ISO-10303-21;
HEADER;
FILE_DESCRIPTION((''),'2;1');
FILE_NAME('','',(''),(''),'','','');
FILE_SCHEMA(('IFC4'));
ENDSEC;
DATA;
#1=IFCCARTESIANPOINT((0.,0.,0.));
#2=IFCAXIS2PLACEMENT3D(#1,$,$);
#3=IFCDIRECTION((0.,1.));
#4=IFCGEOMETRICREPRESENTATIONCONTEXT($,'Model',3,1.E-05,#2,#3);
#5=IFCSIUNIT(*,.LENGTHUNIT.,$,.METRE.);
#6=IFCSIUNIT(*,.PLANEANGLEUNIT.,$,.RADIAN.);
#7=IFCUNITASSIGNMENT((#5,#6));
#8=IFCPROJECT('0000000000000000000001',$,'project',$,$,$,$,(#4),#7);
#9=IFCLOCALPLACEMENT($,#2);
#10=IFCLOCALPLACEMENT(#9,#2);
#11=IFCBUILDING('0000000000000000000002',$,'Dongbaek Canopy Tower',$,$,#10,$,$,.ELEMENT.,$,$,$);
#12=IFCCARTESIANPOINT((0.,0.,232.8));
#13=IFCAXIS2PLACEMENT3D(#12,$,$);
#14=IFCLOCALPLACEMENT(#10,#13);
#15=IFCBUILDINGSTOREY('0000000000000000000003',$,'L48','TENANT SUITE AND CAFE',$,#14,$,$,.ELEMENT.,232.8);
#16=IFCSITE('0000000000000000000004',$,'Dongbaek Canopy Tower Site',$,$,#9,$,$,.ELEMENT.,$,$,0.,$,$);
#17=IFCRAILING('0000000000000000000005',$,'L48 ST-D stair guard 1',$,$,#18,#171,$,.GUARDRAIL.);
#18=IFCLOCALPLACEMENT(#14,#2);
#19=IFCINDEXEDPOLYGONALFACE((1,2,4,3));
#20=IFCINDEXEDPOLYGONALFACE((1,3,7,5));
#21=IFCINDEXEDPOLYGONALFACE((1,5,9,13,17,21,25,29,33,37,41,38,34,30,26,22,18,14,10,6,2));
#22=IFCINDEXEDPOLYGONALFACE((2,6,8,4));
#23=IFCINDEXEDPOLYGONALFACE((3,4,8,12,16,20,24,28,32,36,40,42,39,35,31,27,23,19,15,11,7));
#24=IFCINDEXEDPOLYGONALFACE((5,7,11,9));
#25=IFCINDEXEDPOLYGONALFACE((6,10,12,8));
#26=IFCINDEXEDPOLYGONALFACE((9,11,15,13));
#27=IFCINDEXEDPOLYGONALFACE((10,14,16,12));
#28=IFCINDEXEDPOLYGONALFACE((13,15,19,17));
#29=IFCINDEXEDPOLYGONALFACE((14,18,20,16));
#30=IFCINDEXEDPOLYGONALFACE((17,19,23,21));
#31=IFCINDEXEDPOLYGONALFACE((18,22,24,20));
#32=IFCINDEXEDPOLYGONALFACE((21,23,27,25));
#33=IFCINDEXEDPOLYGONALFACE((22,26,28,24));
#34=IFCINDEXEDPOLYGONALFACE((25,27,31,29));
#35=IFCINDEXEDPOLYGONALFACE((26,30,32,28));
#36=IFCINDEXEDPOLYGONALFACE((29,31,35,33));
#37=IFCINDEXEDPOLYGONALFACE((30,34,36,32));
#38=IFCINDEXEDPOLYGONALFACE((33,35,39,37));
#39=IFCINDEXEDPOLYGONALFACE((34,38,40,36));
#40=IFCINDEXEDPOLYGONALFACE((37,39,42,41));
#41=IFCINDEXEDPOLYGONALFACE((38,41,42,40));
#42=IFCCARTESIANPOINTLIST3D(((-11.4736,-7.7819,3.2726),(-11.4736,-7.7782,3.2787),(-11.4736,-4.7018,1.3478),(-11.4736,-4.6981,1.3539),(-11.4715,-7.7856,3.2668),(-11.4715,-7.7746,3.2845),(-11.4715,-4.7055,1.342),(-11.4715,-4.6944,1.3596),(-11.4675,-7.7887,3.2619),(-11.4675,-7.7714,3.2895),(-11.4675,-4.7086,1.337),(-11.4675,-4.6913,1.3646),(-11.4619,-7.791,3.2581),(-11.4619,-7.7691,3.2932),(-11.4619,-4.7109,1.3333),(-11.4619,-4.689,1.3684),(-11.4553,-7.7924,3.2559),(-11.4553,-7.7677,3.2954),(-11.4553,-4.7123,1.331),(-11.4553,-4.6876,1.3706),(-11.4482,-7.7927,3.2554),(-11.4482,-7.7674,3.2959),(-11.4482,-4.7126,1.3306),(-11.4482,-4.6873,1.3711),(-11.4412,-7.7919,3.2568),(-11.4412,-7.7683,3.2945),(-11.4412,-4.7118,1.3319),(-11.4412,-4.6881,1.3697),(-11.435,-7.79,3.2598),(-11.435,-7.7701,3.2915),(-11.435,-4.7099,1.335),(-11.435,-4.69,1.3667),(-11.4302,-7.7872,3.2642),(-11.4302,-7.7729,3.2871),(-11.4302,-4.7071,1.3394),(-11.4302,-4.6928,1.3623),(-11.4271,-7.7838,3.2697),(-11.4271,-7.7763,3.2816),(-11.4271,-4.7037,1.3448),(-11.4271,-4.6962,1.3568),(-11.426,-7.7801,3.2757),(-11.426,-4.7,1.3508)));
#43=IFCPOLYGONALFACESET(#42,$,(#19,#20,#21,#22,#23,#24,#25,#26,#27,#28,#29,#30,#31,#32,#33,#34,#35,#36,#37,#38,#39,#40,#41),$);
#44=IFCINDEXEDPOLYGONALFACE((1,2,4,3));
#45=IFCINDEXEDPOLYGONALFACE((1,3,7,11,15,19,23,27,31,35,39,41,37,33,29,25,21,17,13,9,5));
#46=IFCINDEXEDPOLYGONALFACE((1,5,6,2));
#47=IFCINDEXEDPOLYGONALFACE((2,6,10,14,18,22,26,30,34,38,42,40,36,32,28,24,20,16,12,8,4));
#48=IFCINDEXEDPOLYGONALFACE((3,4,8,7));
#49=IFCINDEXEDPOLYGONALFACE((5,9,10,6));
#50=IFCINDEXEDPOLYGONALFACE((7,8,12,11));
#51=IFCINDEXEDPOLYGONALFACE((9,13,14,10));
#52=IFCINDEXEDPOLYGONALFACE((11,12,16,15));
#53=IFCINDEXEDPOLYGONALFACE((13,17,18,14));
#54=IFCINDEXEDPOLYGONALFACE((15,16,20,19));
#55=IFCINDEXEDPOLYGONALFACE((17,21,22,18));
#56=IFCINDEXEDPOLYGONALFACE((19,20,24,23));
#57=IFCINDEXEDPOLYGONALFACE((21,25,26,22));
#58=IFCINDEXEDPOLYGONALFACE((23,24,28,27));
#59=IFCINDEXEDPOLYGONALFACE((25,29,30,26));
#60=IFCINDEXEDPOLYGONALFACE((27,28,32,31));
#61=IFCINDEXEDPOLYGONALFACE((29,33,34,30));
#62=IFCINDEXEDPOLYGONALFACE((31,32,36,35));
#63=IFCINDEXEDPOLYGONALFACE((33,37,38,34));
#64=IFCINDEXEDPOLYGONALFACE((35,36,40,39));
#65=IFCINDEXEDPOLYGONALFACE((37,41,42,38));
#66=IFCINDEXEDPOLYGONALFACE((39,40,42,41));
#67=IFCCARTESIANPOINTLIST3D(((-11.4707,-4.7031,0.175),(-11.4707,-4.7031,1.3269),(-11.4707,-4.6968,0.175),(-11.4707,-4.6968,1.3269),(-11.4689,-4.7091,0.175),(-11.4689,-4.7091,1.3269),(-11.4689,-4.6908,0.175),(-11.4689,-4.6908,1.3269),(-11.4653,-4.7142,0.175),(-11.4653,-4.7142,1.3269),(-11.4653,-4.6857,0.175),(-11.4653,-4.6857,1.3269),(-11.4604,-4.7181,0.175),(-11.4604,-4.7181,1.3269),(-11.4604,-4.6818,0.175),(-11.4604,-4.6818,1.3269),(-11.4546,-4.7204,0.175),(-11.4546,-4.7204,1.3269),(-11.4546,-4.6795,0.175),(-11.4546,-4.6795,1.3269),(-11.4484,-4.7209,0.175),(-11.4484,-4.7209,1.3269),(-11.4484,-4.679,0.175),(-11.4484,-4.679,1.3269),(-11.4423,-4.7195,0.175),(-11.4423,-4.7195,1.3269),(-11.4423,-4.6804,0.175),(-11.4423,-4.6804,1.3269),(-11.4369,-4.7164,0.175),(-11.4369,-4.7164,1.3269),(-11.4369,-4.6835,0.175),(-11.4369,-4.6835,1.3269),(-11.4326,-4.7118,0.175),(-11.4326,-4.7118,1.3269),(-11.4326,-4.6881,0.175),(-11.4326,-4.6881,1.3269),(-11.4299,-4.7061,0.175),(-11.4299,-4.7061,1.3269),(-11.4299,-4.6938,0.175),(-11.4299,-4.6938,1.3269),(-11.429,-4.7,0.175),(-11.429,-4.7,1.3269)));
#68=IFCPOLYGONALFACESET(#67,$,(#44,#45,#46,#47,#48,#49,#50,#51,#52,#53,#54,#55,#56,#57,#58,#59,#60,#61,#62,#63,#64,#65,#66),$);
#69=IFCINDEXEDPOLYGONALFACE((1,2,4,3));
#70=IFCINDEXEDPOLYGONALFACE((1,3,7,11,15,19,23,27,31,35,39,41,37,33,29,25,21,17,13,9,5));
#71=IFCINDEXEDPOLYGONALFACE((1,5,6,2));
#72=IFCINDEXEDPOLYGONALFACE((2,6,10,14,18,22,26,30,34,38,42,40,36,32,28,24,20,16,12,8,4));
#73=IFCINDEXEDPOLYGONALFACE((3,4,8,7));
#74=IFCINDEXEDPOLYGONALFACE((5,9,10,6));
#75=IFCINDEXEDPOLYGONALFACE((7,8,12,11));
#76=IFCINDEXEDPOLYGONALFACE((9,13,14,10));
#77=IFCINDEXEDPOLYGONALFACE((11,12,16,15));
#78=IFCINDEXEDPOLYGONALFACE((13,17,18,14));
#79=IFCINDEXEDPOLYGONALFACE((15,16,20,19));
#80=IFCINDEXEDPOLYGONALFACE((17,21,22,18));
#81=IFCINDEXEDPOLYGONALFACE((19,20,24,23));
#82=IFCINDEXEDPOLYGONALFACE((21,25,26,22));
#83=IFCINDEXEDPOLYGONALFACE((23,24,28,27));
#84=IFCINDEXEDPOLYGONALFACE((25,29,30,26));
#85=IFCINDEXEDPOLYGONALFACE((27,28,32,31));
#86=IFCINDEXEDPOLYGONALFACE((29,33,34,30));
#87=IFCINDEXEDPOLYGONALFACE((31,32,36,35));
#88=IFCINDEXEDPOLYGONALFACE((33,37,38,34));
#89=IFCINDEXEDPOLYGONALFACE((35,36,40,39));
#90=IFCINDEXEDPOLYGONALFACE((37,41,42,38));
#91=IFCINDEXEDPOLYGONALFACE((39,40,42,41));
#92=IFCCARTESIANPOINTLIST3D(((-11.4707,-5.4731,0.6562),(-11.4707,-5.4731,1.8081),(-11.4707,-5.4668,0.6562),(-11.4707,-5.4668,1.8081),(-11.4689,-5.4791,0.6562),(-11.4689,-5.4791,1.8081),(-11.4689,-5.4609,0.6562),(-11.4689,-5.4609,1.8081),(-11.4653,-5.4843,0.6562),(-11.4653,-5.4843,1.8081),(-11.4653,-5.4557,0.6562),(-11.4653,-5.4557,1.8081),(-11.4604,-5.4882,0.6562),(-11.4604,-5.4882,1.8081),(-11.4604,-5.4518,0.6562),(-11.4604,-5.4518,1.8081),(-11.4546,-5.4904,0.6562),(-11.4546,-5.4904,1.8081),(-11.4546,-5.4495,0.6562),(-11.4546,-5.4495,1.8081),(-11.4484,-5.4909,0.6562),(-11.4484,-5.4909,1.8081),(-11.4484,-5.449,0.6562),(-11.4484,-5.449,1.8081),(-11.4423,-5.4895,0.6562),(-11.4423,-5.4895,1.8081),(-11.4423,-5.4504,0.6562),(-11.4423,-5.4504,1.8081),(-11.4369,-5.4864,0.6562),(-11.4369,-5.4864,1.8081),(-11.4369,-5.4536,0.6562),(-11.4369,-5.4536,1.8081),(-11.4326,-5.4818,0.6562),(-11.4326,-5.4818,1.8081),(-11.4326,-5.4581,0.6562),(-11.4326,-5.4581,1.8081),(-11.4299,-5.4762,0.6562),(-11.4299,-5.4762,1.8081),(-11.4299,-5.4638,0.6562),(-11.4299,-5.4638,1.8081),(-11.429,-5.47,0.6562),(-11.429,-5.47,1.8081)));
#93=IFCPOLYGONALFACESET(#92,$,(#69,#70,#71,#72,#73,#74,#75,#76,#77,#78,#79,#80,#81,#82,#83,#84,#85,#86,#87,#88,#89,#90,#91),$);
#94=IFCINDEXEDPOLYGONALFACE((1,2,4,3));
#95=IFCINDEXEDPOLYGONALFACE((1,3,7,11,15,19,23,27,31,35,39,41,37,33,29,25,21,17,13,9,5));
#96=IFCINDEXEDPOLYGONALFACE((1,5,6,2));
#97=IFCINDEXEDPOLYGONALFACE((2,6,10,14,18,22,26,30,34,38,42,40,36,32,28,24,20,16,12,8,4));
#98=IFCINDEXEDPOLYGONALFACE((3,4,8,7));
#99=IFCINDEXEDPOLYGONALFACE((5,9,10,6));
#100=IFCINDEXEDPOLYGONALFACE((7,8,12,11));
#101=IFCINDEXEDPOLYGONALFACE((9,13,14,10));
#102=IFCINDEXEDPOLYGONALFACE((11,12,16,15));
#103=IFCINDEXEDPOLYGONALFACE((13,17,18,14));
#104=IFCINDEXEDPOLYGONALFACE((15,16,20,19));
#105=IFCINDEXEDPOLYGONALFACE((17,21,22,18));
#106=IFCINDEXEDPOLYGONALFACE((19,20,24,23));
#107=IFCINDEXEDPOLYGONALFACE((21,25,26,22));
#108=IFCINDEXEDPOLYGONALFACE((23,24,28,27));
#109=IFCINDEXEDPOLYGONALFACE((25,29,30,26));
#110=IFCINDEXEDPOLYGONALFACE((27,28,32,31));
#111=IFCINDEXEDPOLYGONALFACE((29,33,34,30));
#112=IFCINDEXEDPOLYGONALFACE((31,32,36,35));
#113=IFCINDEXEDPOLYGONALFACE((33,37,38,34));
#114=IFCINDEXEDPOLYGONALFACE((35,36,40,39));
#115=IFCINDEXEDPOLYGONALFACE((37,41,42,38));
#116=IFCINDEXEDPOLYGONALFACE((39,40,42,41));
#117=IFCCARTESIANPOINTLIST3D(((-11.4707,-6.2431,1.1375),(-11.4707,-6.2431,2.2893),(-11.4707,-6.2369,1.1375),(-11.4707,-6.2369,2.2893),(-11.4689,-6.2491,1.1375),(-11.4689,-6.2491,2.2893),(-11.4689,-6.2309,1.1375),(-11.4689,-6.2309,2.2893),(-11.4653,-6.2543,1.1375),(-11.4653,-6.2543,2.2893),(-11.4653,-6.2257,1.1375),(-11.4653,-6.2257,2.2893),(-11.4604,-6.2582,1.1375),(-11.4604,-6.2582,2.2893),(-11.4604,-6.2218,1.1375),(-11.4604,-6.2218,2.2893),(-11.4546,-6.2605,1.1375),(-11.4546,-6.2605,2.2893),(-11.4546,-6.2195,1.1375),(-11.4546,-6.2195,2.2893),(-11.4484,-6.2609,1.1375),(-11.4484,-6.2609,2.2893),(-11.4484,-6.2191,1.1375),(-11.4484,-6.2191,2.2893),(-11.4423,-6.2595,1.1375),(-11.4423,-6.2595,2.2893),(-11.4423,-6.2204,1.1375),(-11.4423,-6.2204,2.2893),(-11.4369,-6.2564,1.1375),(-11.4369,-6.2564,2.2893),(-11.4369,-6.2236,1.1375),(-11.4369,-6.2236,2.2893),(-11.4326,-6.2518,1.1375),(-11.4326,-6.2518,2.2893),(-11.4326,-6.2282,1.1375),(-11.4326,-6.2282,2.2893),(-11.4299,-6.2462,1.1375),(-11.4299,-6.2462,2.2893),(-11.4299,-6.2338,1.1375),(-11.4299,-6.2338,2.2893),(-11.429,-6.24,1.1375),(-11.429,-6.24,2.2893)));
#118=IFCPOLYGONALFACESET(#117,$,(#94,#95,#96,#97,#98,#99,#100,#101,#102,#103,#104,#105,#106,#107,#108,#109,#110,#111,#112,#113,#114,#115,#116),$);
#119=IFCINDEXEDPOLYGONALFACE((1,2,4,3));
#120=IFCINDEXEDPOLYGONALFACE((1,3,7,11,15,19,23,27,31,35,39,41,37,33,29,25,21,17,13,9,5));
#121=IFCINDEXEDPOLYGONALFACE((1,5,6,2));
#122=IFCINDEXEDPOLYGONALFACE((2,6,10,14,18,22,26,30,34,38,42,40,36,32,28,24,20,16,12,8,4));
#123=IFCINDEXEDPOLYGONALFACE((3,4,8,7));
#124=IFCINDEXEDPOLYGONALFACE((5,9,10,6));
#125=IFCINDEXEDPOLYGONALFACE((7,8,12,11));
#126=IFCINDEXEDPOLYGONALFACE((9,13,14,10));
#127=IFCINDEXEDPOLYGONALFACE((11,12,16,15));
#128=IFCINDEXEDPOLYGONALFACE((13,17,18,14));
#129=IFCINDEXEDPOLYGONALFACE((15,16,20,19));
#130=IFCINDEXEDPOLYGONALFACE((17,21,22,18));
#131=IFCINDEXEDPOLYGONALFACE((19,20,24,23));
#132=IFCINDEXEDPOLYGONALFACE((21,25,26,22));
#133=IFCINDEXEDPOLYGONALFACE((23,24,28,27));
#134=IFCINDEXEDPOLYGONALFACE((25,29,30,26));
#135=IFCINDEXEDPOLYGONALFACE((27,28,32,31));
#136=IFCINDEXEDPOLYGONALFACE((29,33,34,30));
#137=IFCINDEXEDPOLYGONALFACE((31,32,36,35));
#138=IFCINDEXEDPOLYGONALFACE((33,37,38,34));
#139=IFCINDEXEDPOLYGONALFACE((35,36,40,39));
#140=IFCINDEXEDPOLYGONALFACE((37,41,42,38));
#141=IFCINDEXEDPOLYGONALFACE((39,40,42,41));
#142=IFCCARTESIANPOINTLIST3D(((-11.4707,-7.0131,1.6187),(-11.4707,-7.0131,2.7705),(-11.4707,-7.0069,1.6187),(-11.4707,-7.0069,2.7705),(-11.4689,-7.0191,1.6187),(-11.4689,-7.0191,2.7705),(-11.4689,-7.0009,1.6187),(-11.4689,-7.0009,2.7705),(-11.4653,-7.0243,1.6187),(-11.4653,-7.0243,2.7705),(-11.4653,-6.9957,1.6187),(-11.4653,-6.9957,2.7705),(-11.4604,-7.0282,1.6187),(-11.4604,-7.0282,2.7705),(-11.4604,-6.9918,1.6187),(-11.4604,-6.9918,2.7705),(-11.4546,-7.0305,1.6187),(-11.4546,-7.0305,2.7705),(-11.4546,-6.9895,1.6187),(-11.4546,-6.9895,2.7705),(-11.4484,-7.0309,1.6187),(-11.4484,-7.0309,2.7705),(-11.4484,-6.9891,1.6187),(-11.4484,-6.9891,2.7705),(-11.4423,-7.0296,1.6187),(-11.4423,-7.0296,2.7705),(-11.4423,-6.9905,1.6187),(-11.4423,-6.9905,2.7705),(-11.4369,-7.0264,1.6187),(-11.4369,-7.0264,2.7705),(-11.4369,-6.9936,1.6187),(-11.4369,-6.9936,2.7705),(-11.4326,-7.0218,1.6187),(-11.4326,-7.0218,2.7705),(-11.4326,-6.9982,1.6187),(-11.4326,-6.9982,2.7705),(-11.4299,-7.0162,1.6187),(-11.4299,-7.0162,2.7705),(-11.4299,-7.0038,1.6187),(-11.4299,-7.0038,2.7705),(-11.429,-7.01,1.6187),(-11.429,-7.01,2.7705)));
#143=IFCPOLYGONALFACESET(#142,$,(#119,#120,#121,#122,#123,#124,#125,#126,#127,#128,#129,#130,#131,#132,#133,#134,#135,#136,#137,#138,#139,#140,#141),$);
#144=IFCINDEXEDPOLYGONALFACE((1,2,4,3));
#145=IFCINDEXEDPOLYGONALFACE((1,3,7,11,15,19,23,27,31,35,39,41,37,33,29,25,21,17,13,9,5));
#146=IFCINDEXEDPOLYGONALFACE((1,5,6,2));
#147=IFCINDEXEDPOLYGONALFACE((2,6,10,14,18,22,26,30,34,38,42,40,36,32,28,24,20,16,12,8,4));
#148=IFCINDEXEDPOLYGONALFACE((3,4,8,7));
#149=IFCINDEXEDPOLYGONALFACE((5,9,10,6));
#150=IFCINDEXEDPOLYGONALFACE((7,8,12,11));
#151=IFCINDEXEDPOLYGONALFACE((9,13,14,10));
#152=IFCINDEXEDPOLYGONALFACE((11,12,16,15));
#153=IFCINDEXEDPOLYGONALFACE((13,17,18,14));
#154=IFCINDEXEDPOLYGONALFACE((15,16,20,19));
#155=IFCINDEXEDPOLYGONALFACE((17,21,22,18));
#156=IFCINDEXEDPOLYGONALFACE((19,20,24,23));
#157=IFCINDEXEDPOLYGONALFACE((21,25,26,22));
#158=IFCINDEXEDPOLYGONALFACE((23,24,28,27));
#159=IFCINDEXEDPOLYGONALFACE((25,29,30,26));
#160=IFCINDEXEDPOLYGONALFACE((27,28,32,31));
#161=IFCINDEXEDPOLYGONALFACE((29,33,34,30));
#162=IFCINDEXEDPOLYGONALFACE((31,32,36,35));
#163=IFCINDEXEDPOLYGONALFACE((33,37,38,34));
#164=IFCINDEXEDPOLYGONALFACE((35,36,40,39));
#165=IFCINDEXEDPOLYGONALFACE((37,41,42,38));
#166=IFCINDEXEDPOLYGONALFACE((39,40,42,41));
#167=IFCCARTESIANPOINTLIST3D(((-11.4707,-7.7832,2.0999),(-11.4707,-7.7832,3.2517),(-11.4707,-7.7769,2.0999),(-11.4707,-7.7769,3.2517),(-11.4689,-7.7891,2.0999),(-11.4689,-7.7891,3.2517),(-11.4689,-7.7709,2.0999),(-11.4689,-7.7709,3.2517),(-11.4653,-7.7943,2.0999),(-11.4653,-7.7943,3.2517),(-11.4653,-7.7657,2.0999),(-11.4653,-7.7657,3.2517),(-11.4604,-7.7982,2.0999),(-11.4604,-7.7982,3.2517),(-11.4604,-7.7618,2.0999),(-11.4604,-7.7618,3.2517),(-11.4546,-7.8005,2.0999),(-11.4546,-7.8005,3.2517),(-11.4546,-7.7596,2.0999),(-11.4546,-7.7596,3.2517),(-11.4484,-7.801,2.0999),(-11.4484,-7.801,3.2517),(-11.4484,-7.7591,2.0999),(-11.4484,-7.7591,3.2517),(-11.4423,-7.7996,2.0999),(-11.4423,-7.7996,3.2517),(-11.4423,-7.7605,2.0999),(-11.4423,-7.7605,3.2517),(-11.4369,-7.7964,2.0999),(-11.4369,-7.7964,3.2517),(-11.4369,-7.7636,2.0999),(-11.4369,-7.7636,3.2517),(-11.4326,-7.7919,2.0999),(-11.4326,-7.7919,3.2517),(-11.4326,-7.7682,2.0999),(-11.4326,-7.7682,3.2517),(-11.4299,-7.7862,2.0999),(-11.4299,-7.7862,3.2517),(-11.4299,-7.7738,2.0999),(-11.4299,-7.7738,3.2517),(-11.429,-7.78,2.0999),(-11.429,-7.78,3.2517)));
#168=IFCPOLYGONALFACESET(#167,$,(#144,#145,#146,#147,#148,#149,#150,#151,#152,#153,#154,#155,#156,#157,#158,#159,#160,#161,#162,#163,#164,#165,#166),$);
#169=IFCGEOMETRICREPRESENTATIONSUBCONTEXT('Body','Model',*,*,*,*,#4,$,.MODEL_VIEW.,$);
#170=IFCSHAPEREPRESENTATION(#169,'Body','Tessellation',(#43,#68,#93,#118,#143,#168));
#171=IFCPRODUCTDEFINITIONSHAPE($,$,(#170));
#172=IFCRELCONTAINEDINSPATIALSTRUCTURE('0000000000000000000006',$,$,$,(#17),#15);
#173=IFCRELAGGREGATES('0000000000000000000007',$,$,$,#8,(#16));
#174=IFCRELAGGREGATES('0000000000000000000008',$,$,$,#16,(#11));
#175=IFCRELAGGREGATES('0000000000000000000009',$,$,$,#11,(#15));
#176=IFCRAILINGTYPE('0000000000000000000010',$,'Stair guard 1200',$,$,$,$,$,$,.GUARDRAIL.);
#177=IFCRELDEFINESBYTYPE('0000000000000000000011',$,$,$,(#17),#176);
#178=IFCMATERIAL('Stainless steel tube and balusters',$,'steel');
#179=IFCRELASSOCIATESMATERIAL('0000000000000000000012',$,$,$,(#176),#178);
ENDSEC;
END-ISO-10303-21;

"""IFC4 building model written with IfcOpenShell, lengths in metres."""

from ifc_helpers import new_model, si_unit, direction, frame, origin, origin_2d, place, context, subcontext, project, spatial, circle, extrude, material, type_object, element, save


model = new_model("IFC4")

# Units and contexts
model_context = context("Model", 3, precision=1e-05, world=origin(), true_north=direction((0.0, 1.0)))
body_context = subcontext(model_context, "Body", "Model", "MODEL_VIEW")
ifc_project = project(units=[si_unit("LENGTHUNIT", "METRE"), si_unit("PLANEANGLEUNIT", "RADIAN")], contexts=[model_context])

# Site, building, storey
site_placement = place(None, origin())
site = spatial("IfcSite", under=ifc_project, at=site_placement, Name="Dongbaek Canopy Tower Site", CompositionType="ELEMENT", RefElevation=0.0)
building_placement = place(site_placement, origin())
building = spatial("IfcBuilding", under=site, at=building_placement, Name="Dongbaek Canopy Tower", CompositionType="ELEMENT")
storey_placement = place(building_placement, frame((0.0, 0.0, 232.8)))
storey = spatial("IfcBuildingStorey", under=building, at=storey_placement, Name="L48", Description="TENANT SUITE AND CAFE", CompositionType="ELEMENT", Elevation=232.8)

# Railing
ifc_material_1 = material(Name="Stainless steel tube and balusters", Category="steel")
railing_type_1 = type_object("IfcRailingType", Name="Stair guard 1200", PredefinedType="GUARDRAIL", material=ifc_material_1)
railing_1_placement = place(storey_placement, frame((-11.45, -4.7, 0.175)))
element("IfcRailing", 1, at=railing_1_placement, inside=storey, type_object=railing_type_1, Name="L48 ST-D stair guard 1", PredefinedType="GUARDRAIL", context=body_context, shape_type="SweptSolid", body=[
    extrude(circle(Radius=0.0239, at=origin_2d()), frame((0.0, 0.0, 1.1758), z_axis=(0.0, -0.848029, 0.529951), x_axis=(1.0, 0.0, 0.0)), (0.0, 0.0, 1.0), 3.6321),
    extrude(circle(Radius=0.021, at=origin_2d()), origin(), (0.0, 0.0, 1.0), 1.1519),
    extrude(circle(Radius=0.021, at=origin_2d()), frame((0.0, -0.77, 0.4812)), (0.0, 0.0, 1.0), 1.1519),
    extrude(circle(Radius=0.021, at=origin_2d()), frame((0.0, -1.54, 0.9624)), (0.0, 0.0, 1.0), 1.1519),
    extrude(circle(Radius=0.021, at=origin_2d()), frame((0.0, -2.3101, 1.4436)), (0.0, 0.0, 1.0), 1.1519),
    extrude(circle(Radius=0.021, at=origin_2d()), frame((0.0, -3.0801, 1.9248)), (0.0, 0.0, 1.0), 1.1519),
])

save(model, "model.ifc")
